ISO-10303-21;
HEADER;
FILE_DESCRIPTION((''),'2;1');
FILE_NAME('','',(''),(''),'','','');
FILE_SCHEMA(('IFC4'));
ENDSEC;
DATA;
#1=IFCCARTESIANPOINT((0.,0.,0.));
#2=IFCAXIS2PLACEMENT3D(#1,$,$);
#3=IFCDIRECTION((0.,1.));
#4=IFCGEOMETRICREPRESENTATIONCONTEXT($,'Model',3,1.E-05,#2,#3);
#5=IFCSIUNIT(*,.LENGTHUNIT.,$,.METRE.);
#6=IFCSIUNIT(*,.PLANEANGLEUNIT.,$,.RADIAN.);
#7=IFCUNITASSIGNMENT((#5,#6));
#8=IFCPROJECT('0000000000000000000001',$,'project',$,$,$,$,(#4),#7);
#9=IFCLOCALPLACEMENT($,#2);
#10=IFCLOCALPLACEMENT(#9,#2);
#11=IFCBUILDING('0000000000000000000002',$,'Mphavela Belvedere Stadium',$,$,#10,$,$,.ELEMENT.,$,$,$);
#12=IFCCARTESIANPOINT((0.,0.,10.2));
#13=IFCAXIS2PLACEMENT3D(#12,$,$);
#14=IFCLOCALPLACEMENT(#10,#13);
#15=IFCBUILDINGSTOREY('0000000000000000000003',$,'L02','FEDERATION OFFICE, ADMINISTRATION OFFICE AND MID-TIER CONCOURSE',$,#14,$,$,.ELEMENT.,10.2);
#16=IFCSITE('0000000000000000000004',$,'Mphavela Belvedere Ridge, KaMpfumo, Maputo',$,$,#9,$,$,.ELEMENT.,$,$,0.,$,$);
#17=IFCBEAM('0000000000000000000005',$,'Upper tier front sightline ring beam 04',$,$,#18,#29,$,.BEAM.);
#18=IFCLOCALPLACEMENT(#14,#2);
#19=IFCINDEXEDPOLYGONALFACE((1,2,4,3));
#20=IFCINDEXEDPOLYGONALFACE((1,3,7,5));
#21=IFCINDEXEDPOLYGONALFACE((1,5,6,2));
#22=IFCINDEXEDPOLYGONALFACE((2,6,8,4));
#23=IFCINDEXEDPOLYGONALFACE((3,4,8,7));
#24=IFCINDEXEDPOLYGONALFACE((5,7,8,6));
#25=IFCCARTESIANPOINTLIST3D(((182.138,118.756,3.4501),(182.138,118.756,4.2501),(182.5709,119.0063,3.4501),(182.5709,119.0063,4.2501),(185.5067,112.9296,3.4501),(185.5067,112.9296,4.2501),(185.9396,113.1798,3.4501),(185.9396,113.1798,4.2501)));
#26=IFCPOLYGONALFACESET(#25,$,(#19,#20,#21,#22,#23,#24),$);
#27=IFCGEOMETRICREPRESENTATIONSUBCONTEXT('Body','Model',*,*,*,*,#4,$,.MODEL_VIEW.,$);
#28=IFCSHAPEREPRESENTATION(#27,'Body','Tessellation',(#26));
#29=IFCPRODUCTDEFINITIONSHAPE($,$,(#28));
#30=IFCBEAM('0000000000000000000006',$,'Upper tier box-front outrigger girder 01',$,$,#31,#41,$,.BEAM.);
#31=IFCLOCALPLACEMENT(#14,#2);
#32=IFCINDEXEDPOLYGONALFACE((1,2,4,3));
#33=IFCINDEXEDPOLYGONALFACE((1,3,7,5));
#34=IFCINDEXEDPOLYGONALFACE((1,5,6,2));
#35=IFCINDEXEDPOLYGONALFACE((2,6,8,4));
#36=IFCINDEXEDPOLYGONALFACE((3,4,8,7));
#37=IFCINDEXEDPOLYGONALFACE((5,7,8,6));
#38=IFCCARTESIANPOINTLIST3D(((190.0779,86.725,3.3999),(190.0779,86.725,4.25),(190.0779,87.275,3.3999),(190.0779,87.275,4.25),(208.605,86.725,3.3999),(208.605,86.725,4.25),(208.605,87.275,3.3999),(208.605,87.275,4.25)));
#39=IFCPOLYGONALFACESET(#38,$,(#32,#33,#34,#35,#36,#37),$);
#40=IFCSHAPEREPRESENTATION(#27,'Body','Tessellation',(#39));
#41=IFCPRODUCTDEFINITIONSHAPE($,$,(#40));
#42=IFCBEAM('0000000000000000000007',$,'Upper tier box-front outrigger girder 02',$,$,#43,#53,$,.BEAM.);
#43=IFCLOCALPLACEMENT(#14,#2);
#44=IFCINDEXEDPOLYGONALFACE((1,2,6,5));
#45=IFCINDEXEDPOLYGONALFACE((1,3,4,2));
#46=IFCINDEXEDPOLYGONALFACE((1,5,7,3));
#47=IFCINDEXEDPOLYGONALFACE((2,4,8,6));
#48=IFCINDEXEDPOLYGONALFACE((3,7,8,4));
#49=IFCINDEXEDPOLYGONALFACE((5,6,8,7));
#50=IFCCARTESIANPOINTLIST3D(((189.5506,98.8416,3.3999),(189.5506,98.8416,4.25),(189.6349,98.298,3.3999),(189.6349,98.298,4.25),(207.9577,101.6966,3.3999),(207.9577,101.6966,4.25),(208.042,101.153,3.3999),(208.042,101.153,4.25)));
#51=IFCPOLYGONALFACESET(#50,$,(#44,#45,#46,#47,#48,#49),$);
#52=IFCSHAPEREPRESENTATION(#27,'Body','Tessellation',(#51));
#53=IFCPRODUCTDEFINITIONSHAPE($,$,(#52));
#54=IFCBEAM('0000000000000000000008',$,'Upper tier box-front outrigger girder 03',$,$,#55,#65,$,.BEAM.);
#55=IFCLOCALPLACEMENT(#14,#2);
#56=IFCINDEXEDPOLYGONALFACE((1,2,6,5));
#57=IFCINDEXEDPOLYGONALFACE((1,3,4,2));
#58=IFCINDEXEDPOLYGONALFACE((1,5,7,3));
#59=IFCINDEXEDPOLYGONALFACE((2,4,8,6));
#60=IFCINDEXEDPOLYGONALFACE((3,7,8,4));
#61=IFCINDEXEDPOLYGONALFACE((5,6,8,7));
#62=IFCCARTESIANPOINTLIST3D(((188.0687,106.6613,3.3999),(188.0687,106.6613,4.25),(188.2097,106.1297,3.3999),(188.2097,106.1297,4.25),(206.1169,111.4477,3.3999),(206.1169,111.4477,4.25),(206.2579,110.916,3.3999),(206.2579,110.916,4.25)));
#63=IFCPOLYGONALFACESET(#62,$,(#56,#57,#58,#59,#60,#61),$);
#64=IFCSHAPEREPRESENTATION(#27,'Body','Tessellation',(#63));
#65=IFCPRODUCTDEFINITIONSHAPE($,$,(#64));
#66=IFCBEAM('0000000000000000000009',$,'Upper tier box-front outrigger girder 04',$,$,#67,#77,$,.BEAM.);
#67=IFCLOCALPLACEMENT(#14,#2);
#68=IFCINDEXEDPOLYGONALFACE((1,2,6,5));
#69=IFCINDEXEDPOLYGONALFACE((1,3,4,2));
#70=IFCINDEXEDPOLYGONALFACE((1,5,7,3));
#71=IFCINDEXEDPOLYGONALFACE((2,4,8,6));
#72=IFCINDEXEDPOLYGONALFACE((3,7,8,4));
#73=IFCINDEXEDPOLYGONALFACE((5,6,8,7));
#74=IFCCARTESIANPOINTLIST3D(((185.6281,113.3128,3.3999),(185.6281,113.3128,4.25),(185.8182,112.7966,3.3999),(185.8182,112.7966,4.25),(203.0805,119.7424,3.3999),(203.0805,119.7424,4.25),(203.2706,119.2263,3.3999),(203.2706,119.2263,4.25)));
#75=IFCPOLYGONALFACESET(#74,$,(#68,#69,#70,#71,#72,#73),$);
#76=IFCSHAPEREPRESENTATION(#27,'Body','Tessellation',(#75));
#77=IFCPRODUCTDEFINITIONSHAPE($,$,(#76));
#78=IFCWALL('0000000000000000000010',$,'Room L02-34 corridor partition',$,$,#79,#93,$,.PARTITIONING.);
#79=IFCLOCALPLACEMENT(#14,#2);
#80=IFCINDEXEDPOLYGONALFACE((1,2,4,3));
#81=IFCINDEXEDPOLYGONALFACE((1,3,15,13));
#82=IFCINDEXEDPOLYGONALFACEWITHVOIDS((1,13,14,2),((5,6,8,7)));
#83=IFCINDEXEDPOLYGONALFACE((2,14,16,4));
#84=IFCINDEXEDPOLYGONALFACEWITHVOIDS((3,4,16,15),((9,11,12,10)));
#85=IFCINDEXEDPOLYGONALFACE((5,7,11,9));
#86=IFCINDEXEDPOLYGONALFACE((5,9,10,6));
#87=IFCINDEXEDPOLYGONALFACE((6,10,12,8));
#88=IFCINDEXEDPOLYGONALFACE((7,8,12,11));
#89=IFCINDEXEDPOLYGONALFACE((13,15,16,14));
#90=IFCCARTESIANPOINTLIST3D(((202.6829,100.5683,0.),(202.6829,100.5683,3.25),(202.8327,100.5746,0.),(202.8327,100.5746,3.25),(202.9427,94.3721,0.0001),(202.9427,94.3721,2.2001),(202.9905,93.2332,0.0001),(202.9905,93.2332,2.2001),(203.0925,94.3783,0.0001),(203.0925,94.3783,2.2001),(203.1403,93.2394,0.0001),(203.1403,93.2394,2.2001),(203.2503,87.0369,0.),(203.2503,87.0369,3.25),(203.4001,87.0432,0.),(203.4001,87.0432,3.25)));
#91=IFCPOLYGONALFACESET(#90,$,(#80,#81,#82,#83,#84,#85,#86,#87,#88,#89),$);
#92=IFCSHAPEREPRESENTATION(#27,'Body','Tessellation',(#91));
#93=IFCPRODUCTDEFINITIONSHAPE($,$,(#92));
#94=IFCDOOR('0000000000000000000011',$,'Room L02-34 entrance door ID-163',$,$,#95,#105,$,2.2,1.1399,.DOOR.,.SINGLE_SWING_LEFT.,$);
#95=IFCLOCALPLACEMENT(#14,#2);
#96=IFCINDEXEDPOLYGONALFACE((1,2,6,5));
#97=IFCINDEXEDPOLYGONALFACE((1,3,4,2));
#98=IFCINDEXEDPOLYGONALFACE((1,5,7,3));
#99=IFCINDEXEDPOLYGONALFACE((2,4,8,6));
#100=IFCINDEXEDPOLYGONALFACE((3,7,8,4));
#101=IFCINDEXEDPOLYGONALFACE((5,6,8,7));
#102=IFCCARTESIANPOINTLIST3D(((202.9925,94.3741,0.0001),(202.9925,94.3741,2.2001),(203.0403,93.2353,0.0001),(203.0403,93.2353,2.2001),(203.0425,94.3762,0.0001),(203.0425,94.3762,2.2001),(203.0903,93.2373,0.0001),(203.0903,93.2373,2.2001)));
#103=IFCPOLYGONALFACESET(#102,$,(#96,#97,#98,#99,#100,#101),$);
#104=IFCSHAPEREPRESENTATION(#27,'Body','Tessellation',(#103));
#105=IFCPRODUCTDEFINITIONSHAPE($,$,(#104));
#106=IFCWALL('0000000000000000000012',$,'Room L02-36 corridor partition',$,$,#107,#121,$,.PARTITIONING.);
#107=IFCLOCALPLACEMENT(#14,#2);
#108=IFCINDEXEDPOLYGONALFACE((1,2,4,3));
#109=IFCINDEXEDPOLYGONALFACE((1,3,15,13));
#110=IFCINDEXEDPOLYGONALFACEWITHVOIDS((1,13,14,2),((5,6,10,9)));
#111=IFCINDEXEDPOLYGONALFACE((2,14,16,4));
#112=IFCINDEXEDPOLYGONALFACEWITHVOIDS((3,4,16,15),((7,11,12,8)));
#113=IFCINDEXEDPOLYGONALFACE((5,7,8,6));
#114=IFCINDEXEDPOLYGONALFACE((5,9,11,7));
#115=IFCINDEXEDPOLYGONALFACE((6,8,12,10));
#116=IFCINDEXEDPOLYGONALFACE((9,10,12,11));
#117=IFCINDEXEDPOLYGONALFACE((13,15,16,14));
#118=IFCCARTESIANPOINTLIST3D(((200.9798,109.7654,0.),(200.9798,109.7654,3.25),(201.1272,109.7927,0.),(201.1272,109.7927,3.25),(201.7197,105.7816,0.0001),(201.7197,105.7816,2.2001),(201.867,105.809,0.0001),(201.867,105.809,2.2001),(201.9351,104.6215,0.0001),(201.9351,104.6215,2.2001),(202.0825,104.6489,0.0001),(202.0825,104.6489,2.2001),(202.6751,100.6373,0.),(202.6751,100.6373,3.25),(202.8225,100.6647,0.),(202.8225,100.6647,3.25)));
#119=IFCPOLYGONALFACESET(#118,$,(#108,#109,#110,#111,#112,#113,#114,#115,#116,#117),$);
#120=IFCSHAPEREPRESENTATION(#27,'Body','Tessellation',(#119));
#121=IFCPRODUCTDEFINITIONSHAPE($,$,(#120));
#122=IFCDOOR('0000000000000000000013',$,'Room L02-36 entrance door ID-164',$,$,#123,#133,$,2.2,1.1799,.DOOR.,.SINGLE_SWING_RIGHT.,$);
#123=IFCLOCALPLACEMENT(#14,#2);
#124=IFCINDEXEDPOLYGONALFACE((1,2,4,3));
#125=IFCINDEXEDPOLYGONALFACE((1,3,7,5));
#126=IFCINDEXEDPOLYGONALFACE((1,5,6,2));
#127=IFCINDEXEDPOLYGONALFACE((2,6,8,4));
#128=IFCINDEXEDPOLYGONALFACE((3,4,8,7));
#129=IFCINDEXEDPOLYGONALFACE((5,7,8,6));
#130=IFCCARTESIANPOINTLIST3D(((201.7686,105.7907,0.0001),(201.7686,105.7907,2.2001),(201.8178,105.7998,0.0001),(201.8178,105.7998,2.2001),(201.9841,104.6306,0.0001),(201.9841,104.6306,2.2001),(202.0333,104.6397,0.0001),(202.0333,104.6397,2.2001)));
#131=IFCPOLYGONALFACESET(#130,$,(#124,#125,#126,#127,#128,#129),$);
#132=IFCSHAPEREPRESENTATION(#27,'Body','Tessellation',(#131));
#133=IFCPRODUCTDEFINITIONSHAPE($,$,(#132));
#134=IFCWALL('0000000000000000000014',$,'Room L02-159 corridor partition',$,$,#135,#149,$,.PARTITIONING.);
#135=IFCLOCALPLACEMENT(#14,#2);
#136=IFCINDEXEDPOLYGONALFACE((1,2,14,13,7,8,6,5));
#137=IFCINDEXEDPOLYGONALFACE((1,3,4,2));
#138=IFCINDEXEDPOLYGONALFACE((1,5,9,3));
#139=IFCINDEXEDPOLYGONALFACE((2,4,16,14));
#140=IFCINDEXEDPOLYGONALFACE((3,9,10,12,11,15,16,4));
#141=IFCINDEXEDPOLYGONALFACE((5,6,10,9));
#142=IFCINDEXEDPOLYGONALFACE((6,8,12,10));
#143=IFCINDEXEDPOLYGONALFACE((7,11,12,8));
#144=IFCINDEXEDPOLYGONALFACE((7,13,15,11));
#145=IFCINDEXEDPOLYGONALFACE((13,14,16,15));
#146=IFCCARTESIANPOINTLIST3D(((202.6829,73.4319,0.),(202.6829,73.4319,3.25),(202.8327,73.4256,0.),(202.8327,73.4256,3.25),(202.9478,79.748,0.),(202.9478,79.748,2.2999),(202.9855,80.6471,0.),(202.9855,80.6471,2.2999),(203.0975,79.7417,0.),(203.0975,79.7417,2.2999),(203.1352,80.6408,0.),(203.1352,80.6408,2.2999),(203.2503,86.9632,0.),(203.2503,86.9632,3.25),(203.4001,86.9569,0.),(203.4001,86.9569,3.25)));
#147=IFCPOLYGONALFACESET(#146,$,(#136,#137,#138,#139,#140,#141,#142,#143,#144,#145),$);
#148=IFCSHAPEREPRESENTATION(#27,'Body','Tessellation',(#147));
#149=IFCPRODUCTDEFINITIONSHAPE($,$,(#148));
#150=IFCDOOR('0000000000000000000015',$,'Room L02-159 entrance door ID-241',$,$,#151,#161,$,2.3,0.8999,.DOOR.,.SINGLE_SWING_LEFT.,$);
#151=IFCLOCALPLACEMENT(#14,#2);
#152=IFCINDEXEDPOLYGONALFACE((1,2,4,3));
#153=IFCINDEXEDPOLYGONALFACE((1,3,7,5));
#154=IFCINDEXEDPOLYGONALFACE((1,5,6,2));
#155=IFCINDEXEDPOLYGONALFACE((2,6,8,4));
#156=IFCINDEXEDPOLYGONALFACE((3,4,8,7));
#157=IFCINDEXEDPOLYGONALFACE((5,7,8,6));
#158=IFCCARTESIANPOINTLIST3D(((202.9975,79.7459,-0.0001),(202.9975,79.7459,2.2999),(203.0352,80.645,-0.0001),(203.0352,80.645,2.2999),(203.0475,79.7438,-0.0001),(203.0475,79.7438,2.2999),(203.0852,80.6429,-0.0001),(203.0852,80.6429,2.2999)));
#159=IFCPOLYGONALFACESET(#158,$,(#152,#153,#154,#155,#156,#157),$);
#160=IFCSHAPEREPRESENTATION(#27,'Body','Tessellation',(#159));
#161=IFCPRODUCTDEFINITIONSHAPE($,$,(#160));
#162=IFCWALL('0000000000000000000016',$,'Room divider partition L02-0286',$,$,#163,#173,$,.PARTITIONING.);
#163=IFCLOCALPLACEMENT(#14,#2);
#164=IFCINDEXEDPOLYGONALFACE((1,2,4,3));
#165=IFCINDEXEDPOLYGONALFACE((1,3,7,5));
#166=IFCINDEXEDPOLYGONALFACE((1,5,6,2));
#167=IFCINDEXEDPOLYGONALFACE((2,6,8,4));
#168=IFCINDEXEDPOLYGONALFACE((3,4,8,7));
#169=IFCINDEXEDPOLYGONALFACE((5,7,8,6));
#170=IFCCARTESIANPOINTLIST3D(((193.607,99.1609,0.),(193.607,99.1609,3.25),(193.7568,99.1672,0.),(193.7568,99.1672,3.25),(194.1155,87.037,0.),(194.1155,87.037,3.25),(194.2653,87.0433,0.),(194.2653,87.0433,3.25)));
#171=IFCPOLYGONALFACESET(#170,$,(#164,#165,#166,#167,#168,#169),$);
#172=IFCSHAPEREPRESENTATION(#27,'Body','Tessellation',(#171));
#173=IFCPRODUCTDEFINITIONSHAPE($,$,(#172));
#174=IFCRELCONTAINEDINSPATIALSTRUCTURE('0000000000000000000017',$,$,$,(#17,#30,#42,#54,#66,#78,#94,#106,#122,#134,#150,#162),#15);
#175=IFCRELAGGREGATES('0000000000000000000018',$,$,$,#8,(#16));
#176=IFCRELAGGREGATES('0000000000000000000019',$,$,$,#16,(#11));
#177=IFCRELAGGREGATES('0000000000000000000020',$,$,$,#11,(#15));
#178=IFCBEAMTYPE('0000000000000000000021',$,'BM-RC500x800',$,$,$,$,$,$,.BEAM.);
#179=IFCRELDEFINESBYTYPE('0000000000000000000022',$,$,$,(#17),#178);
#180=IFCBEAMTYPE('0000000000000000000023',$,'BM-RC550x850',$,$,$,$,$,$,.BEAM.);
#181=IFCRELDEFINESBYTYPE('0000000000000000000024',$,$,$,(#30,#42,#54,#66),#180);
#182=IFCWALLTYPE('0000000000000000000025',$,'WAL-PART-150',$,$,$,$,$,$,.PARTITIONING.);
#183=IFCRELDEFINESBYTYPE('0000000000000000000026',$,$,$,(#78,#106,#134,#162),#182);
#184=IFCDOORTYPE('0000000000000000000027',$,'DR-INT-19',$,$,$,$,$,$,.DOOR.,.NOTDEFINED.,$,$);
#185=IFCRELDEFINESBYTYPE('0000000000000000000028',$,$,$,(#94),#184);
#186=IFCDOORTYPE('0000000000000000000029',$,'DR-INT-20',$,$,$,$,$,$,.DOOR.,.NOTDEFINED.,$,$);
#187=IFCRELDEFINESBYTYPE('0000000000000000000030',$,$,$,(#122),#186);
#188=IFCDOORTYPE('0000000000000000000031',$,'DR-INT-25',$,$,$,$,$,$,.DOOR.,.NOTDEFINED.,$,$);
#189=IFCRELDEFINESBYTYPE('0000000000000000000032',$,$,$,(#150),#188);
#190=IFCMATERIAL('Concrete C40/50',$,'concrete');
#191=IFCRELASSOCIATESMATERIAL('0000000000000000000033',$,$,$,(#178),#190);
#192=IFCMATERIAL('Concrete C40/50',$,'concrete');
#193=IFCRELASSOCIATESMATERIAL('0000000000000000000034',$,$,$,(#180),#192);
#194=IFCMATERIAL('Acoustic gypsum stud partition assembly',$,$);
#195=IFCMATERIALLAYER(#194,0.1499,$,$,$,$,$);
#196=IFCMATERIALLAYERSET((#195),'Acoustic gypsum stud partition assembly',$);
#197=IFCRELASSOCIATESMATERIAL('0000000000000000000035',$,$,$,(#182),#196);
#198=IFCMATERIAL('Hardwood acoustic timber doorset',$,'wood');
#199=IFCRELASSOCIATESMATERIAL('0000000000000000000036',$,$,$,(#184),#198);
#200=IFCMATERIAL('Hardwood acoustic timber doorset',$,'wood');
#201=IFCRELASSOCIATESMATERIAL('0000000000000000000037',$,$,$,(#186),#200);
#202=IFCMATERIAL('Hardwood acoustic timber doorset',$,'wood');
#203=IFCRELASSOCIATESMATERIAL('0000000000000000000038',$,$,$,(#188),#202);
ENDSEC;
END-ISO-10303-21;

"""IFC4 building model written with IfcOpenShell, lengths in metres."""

from ifc_helpers import new_model, si_unit, direction, frame, frame_2d, origin, origin_2d, place, context, subcontext, project, spatial, rectangle, extrude, material, layer, layer_set, material_profile, profile_set, type_object, element, fill, save


model = new_model("IFC4")

# Units and contexts
model_context = context("Model", 3, precision=1e-05, world=origin(), true_north=direction((0.0, 1.0)))
body_context = subcontext(model_context, "Body", "Model", "MODEL_VIEW")
ifc_project = project(units=[si_unit("LENGTHUNIT", "METRE"), si_unit("PLANEANGLEUNIT", "RADIAN")], contexts=[model_context])

# Site, building, storey
site_placement = place(None, origin())
site = spatial("IfcSite", under=ifc_project, at=site_placement, Name="Mphavela Belvedere Ridge, KaMpfumo, Maputo", CompositionType="ELEMENT", RefElevation=0.0)
building_placement = place(site_placement, origin())
building = spatial("IfcBuilding", under=site, at=building_placement, Name="Mphavela Belvedere Stadium", CompositionType="ELEMENT")
storey_placement = place(building_placement, frame((0.0, 0.0, 10.2)))
storey = spatial("IfcBuildingStorey", under=building, at=storey_placement, Name="L02", Description="FEDERATION OFFICE, ADMINISTRATION OFFICE AND MID-TIER CONCOURSE", CompositionType="ELEMENT", Elevation=10.2)

# Beams
ifc_material_1 = material(Name="Concrete C40/50", Category="concrete")
ifc_material_profile_1 = material_profile(ifc_material_1, rectangle(XDim=0.5, YDim=0.8, at=origin_2d()), Name="RC 500x800")
ifc_profile_set_1 = profile_set([ifc_material_profile_1], Name="Concrete C40/50")
beam_type_1 = type_object("IfcBeamType", Name="BM-RC500x800", PredefinedType="BEAM", material=ifc_profile_set_1)
beam_1_placement = place(storey_placement, frame((185.7231, 113.0547, 3.8501), z_axis=(-0.500531, 0.865718, 0.0), x_axis=(-0.865718, -0.500531, 0.0)))
element("IfcBeam", 1, at=beam_1_placement, inside=storey, type_object=beam_type_1, Name="Upper tier front sightline ring beam 04", PredefinedType="BEAM", context=body_context, shape_type="SweptSolid", body=[
    extrude(rectangle(XDim=0.5, YDim=0.8, at=origin_2d()), origin(), (0.0, 0.0, 1.0), 6.7302),
])
ifc_material_2 = material(Name="Concrete C40/50", Category="concrete")
ifc_material_profile_2 = material_profile(ifc_material_2, rectangle(XDim=0.55, YDim=0.8501, at=origin_2d()), Name="RC 550x850")
ifc_profile_set_2 = profile_set([ifc_material_profile_2], Name="Concrete C40/50")
beam_type_2 = type_object("IfcBeamType", Name="BM-RC550x850", PredefinedType="BEAM", material=ifc_profile_set_2)
beam_2_placement = place(storey_placement, frame((190.0779, 87.0, 3.825), z_axis=(1.0, 0.0, 0.0), x_axis=(0.0, 1.0, 0.0)))
element("IfcBeam", 2, at=beam_2_placement, inside=storey, type_object=beam_type_2, Name="Upper tier box-front outrigger girder 01", PredefinedType="BEAM", context=body_context, shape_type="SweptSolid", body=[
    extrude(rectangle(XDim=0.55, YDim=0.8501, at=origin_2d()), origin(), (0.0, 0.0, 1.0), 18.5271),
])
beam_3_placement = place(storey_placement, frame((189.5928, 98.5698, 3.825), z_axis=(0.988185, 0.153268, 0.0), x_axis=(-0.153268, 0.988185, 0.0)))
element("IfcBeam", 3, at=beam_3_placement, inside=storey, type_object=beam_type_2, Name="Upper tier box-front outrigger girder 02", PredefinedType="BEAM", context=body_context, shape_type="SweptSolid", body=[
    extrude(rectangle(XDim=0.55, YDim=0.8501, at=origin_2d()), origin(), (0.0, 0.0, 1.0), 18.6272),
])
beam_4_placement = place(storey_placement, frame((188.1392, 106.3955, 3.825), z_axis=(0.966588, 0.256337, 0.0), x_axis=(-0.256337, 0.966588, 0.0)))
element("IfcBeam", 4, at=beam_4_placement, inside=storey, type_object=beam_type_2, Name="Upper tier box-front outrigger girder 03", PredefinedType="BEAM", context=body_context, shape_type="SweptSolid", body=[
    extrude(rectangle(XDim=0.55, YDim=0.8501, at=origin_2d()), origin(), (0.0, 0.0, 1.0), 18.6721),
])
beam_5_placement = place(storey_placement, frame((185.7231, 113.0547, 3.825), z_axis=(0.938346, 0.345699, 0.0), x_axis=(-0.345699, 0.938346, 0.0)))
element("IfcBeam", 5, at=beam_5_placement, inside=storey, type_object=beam_type_2, Name="Upper tier box-front outrigger girder 04", PredefinedType="BEAM", context=body_context, shape_type="SweptSolid", body=[
    extrude(rectangle(XDim=0.55, YDim=0.8501, at=origin_2d()), origin(), (0.0, 0.0, 1.0), 18.5991),
])

# Walls, openings, doors
ifc_material_3 = material(Name="Acoustic gypsum stud partition assembly")
ifc_layer = layer(ifc_material_3, 0.1499)
ifc_layer_set = layer_set([ifc_layer], Name="Acoustic gypsum stud partition assembly")
wall_type = type_object("IfcWallType", Name="WAL-PART-150", PredefinedType="PARTITIONING", material=ifc_layer_set)
wall_1_placement = place(storey_placement, frame((202.7578, 100.5713, 0.0), z_axis=(0.0, 0.0, 1.0), x_axis=(0.041894, -0.999122, 0.0)))
wall_1 = element("IfcWall", 6, at=wall_1_placement, inside=storey, type_object=wall_type, Name="Room L02-34 corridor partition", PredefinedType="PARTITIONING", context=body_context, shape_type="SweptSolid", body=[
    extrude(rectangle(XDim=13.5432, YDim=0.1499, at=frame_2d((6.7715, 0.0))), origin(), (0.0, 0.0, 1.0), 3.25),
])
opening_1_placement = place(wall_1_placement, frame((6.2017, 0.0, 0.0)))
opening_1 = element("IfcOpeningElement", 7, at=opening_1_placement, cuts=wall_1, PredefinedType="OPENING", context=body_context, shape_type="SweptSolid", body=[
    extrude(rectangle(XDim=1.1399, YDim=2.2, at=frame_2d((0.5698, 1.1001))), frame((0.0, 0.085, 0.0), z_axis=(0.0, -1.0, 0.0), x_axis=(1.0, 0.0, 0.0)), (0.0, 0.0, 1.0), 0.1699),
])
ifc_material_4 = material(Name="Hardwood acoustic timber doorset", Category="wood")
door_type_1 = type_object("IfcDoorType", Name="DR-INT-19", OperationType="NOTDEFINED", PredefinedType="DOOR", material=ifc_material_4)
door_1_placement = place(opening_1_placement, origin())
door_1 = element("IfcDoor", 8, at=door_1_placement, inside=storey, type_object=door_type_1, Name="Room L02-34 entrance door ID-163", OperationType="SINGLE_SWING_LEFT", OverallHeight=2.2, OverallWidth=1.1399, PredefinedType="DOOR", context=body_context, shape_type="SweptSolid", body=[
    extrude(rectangle(XDim=1.1399, YDim=2.2, at=frame_2d((0.5698, 1.1001))), frame((0.0, 0.0249, 0.0), z_axis=(0.0, -1.0, 0.0), x_axis=(1.0, 0.0, 0.0)), (0.0, 0.0, 1.0), 0.05),
])
fill(opening_1, door_1)
wall_2_placement = place(storey_placement, frame((201.0535, 109.7791, 0.0), z_axis=(0.0, 0.0, 1.0), x_axis=(0.182601, -0.983187, 0.0)))
wall_2 = element("IfcWall", 9, at=wall_2_placement, inside=storey, type_object=wall_type, Name="Room L02-36 corridor partition", PredefinedType="PARTITIONING", context=body_context, shape_type="SweptSolid", body=[
    extrude(rectangle(XDim=9.2842, YDim=0.1499, at=frame_2d((4.6421, 0.0))), origin(), (0.0, 0.0, 1.0), 3.25),
])
opening_2_placement = place(wall_2_placement, frame((4.052, 0.0, 0.0)))
opening_2 = element("IfcOpeningElement", 10, at=opening_2_placement, cuts=wall_2, PredefinedType="OPENING", context=body_context, shape_type="SweptSolid", body=[
    extrude(rectangle(XDim=1.1799, YDim=2.2, at=frame_2d((0.5898, 1.1001))), frame((0.0, 0.085, 0.0), z_axis=(0.0, -1.0, 0.0), x_axis=(1.0, 0.0, 0.0)), (0.0, 0.0, 1.0), 0.1699),
])
ifc_material_5 = material(Name="Hardwood acoustic timber doorset", Category="wood")
door_type_2 = type_object("IfcDoorType", Name="DR-INT-20", OperationType="NOTDEFINED", PredefinedType="DOOR", material=ifc_material_5)
door_2_placement = place(opening_2_placement, origin())
door_2 = element("IfcDoor", 11, at=door_2_placement, inside=storey, type_object=door_type_2, Name="Room L02-36 entrance door ID-164", OperationType="SINGLE_SWING_RIGHT", OverallHeight=2.2, OverallWidth=1.1799, PredefinedType="DOOR", context=body_context, shape_type="SweptSolid", body=[
    extrude(rectangle(XDim=1.1799, YDim=2.2, at=frame_2d((0.5898, 1.1001))), frame((0.0, 0.0249, 0.0), z_axis=(0.0, -1.0, 0.0), x_axis=(1.0, 0.0, 0.0)), (0.0, 0.0, 1.0), 0.05),
])
fill(opening_2, door_2)
wall_3_placement = place(storey_placement, frame((203.3252, 86.96, 0.0), z_axis=(0.0, 0.0, 1.0), x_axis=(-0.041894, -0.999122, 0.0)))
wall_3 = element("IfcWall", 12, at=wall_3_placement, inside=storey, type_object=wall_type, Name="Room L02-159 corridor partition", PredefinedType="PARTITIONING", context=body_context, shape_type="SweptSolid", body=[
    extrude(rectangle(XDim=13.5432, YDim=0.1499, at=frame_2d((6.7715, 0.0))), origin(), (0.0, 0.0, 1.0), 3.25),
])
opening_3_placement = place(wall_3_placement, frame((6.3215, 0.0, 0.0)))
opening_3 = element("IfcOpeningElement", 13, at=opening_3_placement, cuts=wall_3, PredefinedType="OPENING", context=body_context, shape_type="SweptSolid", body=[
    extrude(rectangle(XDim=0.8999, YDim=2.3, at=frame_2d((0.45, 1.1499))), frame((0.0, 0.085, 0.0), z_axis=(0.0, -1.0, 0.0), x_axis=(1.0, 0.0, 0.0)), (0.0, 0.0, 1.0), 0.1699),
])
ifc_material_6 = material(Name="Hardwood acoustic timber doorset", Category="wood")
door_type_3 = type_object("IfcDoorType", Name="DR-INT-25", OperationType="NOTDEFINED", PredefinedType="DOOR", material=ifc_material_6)
door_3_placement = place(opening_3_placement, origin())
door_3 = element("IfcDoor", 14, at=door_3_placement, inside=storey, type_object=door_type_3, Name="Room L02-159 entrance door ID-241", OperationType="SINGLE_SWING_LEFT", OverallHeight=2.3, OverallWidth=0.8999, PredefinedType="DOOR", context=body_context, shape_type="SweptSolid", body=[
    extrude(rectangle(XDim=0.8999, YDim=2.3, at=frame_2d((0.45, 1.1499))), frame((0.0, 0.0249, 0.0), z_axis=(0.0, -1.0, 0.0), x_axis=(1.0, 0.0, 0.0)), (0.0, 0.0, 1.0), 0.05),
])
fill(opening_3, door_3)

# Wall
wall_4_placement = place(storey_placement, frame((194.1904, 87.04, 0.0), z_axis=(0.0, 0.0, 1.0), x_axis=(-0.041909, 0.999121, 0.0)))
element("IfcWall", 15, at=wall_4_placement, inside=storey, type_object=wall_type, Name="Room divider partition L02-0286", PredefinedType="PARTITIONING", context=body_context, shape_type="SweptSolid", body=[
    extrude(rectangle(XDim=12.1345, YDim=0.1499, at=frame_2d((6.0674, 0.0))), origin(), (0.0, 0.0, 1.0), 3.25),
])

save(model, "model.ifc")
